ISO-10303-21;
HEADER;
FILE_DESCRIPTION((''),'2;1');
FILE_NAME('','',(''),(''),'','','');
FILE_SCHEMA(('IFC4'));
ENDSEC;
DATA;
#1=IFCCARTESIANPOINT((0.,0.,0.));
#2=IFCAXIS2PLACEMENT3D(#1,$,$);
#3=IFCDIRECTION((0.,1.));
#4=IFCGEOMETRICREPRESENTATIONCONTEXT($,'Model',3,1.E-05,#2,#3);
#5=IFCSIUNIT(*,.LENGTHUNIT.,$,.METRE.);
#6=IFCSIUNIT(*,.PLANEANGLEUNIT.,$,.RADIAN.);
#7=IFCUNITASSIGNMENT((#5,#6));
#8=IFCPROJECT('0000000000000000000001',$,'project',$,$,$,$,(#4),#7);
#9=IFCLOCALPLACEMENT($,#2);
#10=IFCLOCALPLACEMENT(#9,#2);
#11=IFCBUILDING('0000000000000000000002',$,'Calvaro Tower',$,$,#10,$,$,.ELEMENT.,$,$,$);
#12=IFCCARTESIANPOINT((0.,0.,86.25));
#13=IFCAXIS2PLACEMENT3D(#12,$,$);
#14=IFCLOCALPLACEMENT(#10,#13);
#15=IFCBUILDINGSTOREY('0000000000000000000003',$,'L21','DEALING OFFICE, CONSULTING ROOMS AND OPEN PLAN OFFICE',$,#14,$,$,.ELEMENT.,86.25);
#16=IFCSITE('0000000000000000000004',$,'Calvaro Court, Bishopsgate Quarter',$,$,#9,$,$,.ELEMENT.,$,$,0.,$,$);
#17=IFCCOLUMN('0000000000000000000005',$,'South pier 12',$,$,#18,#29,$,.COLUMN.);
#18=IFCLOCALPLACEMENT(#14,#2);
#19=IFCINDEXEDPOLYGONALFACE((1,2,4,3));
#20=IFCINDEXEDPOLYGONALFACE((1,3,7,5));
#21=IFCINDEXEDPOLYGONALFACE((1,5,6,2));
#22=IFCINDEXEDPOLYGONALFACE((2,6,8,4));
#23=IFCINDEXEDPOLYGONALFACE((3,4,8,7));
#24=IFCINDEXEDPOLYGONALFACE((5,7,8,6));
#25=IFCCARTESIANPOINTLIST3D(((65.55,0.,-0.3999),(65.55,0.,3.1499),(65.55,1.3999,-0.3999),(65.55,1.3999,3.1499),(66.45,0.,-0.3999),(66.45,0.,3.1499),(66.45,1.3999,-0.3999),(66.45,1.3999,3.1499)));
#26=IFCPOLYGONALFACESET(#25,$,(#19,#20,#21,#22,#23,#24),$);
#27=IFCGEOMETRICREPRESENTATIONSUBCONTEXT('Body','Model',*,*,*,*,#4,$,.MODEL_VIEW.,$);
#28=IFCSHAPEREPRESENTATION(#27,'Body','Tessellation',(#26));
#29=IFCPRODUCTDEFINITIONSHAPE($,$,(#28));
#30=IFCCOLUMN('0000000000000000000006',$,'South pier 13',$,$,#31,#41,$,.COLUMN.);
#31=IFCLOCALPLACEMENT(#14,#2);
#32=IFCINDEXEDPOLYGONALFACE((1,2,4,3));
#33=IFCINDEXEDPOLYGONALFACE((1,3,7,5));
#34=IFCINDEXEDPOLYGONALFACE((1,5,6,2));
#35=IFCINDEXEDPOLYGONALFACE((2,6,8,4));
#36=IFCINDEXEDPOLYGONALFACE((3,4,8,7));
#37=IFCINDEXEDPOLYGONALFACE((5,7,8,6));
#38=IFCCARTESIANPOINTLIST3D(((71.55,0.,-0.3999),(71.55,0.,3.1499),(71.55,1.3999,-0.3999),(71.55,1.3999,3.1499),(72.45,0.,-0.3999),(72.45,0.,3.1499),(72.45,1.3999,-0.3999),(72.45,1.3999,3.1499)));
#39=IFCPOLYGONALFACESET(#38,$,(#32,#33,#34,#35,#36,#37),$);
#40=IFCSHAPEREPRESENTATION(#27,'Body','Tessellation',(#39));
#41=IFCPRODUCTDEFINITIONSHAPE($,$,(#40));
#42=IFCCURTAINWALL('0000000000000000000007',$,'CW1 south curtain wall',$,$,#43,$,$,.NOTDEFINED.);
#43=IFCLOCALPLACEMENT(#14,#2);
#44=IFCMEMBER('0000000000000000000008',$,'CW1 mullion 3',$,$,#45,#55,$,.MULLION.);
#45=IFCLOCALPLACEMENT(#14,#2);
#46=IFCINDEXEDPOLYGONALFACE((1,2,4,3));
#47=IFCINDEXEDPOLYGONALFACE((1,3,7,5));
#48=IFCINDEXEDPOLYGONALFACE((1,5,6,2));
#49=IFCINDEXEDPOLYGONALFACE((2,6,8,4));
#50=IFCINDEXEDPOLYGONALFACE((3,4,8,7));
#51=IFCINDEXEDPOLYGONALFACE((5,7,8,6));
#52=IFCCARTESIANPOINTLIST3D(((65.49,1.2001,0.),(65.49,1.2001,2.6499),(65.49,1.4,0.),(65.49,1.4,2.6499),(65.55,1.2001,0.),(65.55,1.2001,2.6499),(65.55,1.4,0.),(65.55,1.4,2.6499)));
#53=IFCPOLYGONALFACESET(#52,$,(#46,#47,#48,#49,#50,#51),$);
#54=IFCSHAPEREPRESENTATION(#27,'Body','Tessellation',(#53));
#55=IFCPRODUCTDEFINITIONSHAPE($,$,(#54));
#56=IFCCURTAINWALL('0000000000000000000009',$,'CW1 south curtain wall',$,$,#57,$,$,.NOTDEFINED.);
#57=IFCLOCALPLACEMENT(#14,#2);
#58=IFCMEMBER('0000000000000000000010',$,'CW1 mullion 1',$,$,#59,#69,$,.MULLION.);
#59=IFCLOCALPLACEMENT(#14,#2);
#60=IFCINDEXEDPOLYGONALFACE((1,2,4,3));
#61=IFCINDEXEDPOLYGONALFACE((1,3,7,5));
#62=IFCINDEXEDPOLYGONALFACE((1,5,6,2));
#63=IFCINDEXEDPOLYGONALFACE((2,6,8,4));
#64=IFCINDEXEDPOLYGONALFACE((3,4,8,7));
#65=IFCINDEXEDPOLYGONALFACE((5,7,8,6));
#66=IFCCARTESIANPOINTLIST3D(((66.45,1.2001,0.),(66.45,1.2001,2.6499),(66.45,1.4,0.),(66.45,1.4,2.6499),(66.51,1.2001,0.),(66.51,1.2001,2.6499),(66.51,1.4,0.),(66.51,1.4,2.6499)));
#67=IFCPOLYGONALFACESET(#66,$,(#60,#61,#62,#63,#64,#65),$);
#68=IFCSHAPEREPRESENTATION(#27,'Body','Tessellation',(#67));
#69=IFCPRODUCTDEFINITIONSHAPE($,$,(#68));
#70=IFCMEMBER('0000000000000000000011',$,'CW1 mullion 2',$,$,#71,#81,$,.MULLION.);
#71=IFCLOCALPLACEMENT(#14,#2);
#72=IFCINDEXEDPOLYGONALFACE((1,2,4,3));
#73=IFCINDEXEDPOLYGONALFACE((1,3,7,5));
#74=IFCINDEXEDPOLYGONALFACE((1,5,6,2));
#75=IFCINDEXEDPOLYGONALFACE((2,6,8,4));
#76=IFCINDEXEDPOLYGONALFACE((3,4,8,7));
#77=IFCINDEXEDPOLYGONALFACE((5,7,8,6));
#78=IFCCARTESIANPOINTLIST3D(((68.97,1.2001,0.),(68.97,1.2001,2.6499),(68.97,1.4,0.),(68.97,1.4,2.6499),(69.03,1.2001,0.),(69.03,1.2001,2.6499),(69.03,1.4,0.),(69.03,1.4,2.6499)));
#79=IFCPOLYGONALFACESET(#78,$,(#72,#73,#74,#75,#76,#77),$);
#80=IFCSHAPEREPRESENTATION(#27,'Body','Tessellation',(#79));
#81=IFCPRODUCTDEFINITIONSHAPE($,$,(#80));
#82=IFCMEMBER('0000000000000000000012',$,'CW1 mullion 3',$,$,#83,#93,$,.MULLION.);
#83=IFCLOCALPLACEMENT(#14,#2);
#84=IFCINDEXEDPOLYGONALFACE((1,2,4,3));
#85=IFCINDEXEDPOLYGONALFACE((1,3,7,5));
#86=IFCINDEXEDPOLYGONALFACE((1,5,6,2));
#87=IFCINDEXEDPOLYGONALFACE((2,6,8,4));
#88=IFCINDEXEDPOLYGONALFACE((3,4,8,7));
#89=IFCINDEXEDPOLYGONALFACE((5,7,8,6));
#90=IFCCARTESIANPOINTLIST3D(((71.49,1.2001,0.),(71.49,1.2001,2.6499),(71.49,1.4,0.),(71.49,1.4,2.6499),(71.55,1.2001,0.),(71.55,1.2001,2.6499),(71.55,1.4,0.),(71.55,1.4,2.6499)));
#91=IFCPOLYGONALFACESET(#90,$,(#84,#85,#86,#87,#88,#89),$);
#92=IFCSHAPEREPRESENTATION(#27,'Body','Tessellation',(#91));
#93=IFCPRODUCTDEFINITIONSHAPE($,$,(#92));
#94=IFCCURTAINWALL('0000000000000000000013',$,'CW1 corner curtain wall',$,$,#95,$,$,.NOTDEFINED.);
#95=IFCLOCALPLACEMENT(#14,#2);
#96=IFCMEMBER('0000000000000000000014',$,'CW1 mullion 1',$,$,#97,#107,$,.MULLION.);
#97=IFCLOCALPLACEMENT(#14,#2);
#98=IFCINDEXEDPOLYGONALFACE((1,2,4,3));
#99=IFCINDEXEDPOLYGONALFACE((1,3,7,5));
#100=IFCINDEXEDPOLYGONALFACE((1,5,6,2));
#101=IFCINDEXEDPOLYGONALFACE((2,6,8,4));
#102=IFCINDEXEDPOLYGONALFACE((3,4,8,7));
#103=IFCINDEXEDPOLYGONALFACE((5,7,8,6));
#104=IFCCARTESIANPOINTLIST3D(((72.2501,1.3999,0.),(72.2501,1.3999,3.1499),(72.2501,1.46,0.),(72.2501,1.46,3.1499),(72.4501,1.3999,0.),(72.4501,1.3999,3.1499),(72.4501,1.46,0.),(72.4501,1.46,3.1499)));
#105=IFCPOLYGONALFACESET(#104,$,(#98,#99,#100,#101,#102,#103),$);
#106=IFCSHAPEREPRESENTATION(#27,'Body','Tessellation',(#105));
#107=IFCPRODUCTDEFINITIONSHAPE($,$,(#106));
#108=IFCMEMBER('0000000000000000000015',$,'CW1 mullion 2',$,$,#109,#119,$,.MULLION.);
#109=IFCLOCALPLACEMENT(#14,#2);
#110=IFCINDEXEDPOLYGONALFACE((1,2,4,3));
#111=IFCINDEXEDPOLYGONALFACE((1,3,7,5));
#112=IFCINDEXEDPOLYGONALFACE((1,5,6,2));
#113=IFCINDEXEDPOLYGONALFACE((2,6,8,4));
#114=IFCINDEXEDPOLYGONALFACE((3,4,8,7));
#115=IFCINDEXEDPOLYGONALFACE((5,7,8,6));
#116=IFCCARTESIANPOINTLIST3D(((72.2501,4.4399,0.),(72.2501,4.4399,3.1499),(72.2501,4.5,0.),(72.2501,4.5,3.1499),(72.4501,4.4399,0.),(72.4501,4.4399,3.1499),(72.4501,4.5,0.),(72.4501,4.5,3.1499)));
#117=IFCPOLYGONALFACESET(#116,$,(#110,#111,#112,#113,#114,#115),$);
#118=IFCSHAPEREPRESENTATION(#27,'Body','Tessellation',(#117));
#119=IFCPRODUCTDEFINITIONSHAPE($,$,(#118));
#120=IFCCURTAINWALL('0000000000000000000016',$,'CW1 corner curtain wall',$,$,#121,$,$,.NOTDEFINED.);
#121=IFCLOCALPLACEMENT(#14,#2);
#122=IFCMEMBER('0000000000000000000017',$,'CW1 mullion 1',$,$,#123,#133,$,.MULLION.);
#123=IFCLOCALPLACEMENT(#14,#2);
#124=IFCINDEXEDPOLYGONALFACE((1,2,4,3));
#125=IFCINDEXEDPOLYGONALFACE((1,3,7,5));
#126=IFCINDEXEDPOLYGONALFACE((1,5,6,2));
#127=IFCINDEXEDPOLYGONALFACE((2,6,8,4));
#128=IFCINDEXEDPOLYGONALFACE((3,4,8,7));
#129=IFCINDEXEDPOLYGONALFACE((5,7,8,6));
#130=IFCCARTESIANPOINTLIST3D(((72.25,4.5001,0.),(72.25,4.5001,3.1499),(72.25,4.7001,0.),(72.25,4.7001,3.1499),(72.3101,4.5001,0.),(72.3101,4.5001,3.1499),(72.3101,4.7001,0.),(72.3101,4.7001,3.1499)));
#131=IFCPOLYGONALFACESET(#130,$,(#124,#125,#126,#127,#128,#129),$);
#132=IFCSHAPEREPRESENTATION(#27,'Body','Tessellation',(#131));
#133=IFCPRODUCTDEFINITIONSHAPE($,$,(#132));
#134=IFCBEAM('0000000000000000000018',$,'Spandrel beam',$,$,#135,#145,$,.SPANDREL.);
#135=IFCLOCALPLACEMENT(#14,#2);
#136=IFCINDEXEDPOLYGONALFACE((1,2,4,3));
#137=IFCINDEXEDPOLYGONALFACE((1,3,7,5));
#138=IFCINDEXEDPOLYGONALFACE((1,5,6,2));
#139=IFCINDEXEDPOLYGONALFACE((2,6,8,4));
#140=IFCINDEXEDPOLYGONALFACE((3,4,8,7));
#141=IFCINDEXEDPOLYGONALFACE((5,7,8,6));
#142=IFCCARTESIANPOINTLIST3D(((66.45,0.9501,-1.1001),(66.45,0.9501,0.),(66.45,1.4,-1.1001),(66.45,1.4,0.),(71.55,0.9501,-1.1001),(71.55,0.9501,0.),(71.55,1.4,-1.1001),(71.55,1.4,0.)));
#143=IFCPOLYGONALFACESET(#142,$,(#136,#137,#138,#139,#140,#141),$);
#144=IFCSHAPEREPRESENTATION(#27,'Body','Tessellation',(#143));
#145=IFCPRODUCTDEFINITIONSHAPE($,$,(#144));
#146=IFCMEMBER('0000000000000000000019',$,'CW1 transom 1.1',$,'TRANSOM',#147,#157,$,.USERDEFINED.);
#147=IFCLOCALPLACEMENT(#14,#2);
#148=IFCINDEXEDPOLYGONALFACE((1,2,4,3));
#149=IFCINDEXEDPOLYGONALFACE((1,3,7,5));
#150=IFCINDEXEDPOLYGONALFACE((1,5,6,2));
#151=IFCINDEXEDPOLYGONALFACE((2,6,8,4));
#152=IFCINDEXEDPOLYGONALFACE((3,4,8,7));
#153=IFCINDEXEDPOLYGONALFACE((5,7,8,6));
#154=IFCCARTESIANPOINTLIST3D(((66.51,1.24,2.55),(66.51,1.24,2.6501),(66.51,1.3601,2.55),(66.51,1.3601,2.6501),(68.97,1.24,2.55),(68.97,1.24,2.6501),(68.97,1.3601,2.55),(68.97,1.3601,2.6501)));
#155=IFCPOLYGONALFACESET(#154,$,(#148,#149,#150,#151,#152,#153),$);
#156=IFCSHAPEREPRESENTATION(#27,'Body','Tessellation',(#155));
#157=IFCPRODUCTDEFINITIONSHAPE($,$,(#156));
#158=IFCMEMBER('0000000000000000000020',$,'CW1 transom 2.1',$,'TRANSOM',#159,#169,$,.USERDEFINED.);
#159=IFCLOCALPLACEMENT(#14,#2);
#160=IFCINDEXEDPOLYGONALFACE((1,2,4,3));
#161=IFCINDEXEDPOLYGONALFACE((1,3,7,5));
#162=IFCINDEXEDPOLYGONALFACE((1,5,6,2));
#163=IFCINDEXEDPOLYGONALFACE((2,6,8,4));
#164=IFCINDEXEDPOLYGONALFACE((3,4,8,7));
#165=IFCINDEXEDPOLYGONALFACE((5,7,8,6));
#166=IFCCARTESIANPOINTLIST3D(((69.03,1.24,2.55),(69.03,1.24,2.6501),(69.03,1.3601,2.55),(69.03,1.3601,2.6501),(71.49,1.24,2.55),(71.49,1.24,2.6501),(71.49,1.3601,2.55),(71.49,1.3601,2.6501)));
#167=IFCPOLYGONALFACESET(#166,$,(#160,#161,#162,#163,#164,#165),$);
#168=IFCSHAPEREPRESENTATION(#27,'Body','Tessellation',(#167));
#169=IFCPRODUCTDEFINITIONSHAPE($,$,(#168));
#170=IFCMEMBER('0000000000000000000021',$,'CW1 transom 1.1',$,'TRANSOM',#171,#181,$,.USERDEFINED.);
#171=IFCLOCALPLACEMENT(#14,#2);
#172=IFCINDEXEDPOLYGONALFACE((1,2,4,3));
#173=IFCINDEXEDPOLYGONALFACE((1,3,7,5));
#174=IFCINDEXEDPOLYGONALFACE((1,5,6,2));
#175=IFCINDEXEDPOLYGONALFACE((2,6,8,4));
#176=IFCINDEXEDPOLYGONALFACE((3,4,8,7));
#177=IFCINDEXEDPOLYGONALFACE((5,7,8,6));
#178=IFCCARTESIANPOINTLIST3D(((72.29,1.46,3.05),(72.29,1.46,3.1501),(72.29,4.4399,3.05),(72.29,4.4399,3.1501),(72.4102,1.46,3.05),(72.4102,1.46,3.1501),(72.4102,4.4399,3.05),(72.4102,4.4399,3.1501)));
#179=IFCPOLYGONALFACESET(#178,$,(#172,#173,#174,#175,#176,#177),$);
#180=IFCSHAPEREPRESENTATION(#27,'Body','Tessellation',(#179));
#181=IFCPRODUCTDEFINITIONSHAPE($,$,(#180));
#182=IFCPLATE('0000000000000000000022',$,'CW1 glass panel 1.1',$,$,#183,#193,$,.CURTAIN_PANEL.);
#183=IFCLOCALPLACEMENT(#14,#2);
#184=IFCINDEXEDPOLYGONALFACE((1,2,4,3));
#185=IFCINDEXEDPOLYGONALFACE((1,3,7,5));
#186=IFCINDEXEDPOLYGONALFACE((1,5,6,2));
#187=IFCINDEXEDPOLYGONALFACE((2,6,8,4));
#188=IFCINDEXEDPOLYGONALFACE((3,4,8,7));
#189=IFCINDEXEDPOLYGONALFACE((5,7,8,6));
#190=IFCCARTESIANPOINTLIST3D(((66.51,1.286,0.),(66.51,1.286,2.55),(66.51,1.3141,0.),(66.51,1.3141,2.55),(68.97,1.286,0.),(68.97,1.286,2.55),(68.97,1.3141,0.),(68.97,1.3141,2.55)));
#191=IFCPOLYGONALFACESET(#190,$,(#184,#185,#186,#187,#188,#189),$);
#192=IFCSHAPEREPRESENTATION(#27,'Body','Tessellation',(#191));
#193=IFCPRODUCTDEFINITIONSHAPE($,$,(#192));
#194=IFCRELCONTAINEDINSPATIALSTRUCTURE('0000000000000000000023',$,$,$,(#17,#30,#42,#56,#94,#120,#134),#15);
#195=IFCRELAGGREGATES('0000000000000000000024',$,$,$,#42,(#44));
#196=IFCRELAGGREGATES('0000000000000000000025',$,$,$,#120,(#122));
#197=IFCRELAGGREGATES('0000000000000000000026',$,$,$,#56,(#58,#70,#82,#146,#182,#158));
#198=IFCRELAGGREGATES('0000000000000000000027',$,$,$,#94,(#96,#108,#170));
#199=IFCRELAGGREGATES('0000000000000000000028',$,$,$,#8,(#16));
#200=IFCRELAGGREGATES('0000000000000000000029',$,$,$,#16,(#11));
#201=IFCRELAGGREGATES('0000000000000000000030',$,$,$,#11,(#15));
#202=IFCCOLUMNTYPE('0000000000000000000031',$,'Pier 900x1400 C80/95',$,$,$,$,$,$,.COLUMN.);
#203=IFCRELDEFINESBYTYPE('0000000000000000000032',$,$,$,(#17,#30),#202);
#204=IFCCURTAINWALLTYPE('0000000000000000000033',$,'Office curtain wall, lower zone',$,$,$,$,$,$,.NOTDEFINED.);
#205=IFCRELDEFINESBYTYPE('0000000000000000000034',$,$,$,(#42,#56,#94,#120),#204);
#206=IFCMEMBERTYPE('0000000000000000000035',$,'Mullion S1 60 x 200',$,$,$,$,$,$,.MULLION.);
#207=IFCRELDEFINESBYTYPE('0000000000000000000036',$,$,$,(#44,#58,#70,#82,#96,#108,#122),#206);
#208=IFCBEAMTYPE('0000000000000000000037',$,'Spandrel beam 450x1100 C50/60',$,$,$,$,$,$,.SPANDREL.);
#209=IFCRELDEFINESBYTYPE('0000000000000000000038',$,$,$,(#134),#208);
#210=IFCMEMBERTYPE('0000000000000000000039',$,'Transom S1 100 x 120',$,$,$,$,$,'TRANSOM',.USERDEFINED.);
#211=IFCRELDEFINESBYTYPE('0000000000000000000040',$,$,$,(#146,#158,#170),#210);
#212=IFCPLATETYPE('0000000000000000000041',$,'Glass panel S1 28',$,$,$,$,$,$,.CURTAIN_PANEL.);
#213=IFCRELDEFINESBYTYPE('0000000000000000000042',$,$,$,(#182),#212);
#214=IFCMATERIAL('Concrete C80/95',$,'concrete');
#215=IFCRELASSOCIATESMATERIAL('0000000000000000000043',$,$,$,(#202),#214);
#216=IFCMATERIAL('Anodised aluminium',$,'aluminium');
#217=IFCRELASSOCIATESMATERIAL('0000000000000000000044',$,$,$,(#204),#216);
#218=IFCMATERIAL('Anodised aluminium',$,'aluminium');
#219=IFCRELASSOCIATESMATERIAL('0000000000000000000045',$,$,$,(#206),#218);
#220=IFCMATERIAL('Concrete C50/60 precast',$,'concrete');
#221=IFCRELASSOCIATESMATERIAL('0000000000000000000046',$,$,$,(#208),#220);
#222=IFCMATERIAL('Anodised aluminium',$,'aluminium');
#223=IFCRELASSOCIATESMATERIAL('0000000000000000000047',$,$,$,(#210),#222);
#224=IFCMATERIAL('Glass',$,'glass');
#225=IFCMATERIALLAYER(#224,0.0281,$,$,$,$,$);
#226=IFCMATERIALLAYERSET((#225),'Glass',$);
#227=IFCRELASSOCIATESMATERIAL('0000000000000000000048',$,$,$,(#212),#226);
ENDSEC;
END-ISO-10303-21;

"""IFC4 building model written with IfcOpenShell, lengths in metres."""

from ifc_helpers import new_model, si_unit, direction, frame, origin, origin_2d, place, context, subcontext, project, spatial, rectangle, extrude, material, layer, layer_set, material_profile, profile_set, type_object, element, aggregate, save


model = new_model("IFC4")

# Units and contexts
model_context = context("Model", 3, precision=1e-05, world=origin(), true_north=direction((0.0, 1.0)))
body_context = subcontext(model_context, "Body", "Model", "MODEL_VIEW")
ifc_project = project(units=[si_unit("LENGTHUNIT", "METRE"), si_unit("PLANEANGLEUNIT", "RADIAN")], contexts=[model_context])

# Site, building, storey
site_placement = place(None, origin())
site = spatial("IfcSite", under=ifc_project, at=site_placement, Name="Calvaro Court, Bishopsgate Quarter", CompositionType="ELEMENT", RefElevation=0.0)
building_placement = place(site_placement, origin())
building = spatial("IfcBuilding", under=site, at=building_placement, Name="Calvaro Tower", CompositionType="ELEMENT")
storey_placement = place(building_placement, frame((0.0, 0.0, 86.25)))
storey = spatial("IfcBuildingStorey", under=building, at=storey_placement, Name="L21", Description="DEALING OFFICE, CONSULTING ROOMS AND OPEN PLAN OFFICE", CompositionType="ELEMENT", Elevation=86.25)

# Columns
ifc_material_1 = material(Name="Concrete C80/95", Category="concrete")
ifc_material_profile_1 = material_profile(ifc_material_1, rectangle(XDim=0.8999, YDim=1.3999, at=origin_2d()), Name="RC 900x1400")
ifc_profile_set_1 = profile_set([ifc_material_profile_1], Name="Concrete C80/95")
column_type = type_object("IfcColumnType", Name="Pier 900x1400 C80/95", PredefinedType="COLUMN", material=ifc_profile_set_1)
for number, where, z_axis, x_axis, name in (
    (1, (66.0, 0.7, -0.3999), (0.0, 0.0, 1.0), (1.0, 0.0, 0.0), "South pier 12"),
    (2, (72.0, 0.7, -0.3999), (0.0, 0.0, 1.0), (1.0, 0.0, 0.0), "South pier 13"),
):
    element("IfcColumn", number, at=place(storey_placement, frame(where, z_axis=z_axis, x_axis=x_axis)), inside=storey, type_object=column_type, Name=name, PredefinedType="COLUMN", context=body_context, shape_type="SweptSolid", body=[
        extrude(rectangle(XDim=0.8999, YDim=1.3999, at=origin_2d()), origin(), (0.0, 0.0, 1.0), 3.5498),
    ])

# Curtain wall, member
ifc_material_2 = material(Name="Anodised aluminium", Category="aluminium")
curtain_wall_type = type_object("IfcCurtainWallType", Name="Office curtain wall, lower zone", PredefinedType="NOTDEFINED", material=ifc_material_2)
curtain_wall_1_placement = place(storey_placement, origin())
curtain_wall_1 = element("IfcCurtainWall", 3, at=curtain_wall_1_placement, inside=storey, type_object=curtain_wall_type, Name="CW1 south curtain wall", PredefinedType="NOTDEFINED")
ifc_material_3 = material(Name="Anodised aluminium", Category="aluminium")
ifc_material_profile_2 = material_profile(ifc_material_3, rectangle(XDim=0.2, YDim=0.0601, at=origin_2d()), Name="Mullion S1 60 x 200")
ifc_profile_set_2 = profile_set([ifc_material_profile_2], Name="Anodised aluminium")
member_type_1 = type_object("IfcMemberType", Name="Mullion S1 60 x 200", PredefinedType="MULLION", material=ifc_profile_set_2)
member_1_placement = place(storey_placement, frame((65.52, 1.3, 0.0), z_axis=(0.0, 0.0, 1.0), x_axis=(0.0, 1.0, 0.0)))
member_1 = element("IfcMember", 4, at=member_1_placement, type_object=member_type_1, Name="CW1 mullion 3", PredefinedType="MULLION", context=body_context, shape_type="SweptSolid", body=[
    extrude(rectangle(XDim=0.2, YDim=0.0601, at=origin_2d()), origin(), (0.0, 0.0, 1.0), 2.6499),
])
aggregate(curtain_wall_1, [member_1])

# Curtain walls, members
curtain_wall_2_placement = place(storey_placement, origin())
curtain_wall_2 = element("IfcCurtainWall", 5, at=curtain_wall_2_placement, inside=storey, type_object=curtain_wall_type, Name="CW1 south curtain wall", PredefinedType="NOTDEFINED")
member_2_placement = place(storey_placement, frame((66.48, 1.3, 0.0), z_axis=(0.0, 0.0, 1.0), x_axis=(0.0, 1.0, 0.0)))
member_2 = element("IfcMember", 6, at=member_2_placement, type_object=member_type_1, Name="CW1 mullion 1", PredefinedType="MULLION", context=body_context, shape_type="SweptSolid", body=[
    extrude(rectangle(XDim=0.2, YDim=0.0601, at=origin_2d()), origin(), (0.0, 0.0, 1.0), 2.6499),
])
member_3_placement = place(storey_placement, frame((69.0, 1.3, 0.0), z_axis=(0.0, 0.0, 1.0), x_axis=(0.0, 1.0, 0.0)))
member_3 = element("IfcMember", 7, at=member_3_placement, type_object=member_type_1, Name="CW1 mullion 2", PredefinedType="MULLION", context=body_context, shape_type="SweptSolid", body=[
    extrude(rectangle(XDim=0.2, YDim=0.0601, at=origin_2d()), origin(), (0.0, 0.0, 1.0), 2.6499),
])
member_4_placement = place(storey_placement, frame((71.52, 1.3, 0.0), z_axis=(0.0, 0.0, 1.0), x_axis=(0.0, 1.0, 0.0)))
member_4 = element("IfcMember", 8, at=member_4_placement, type_object=member_type_1, Name="CW1 mullion 3", PredefinedType="MULLION", context=body_context, shape_type="SweptSolid", body=[
    extrude(rectangle(XDim=0.2, YDim=0.0601, at=origin_2d()), origin(), (0.0, 0.0, 1.0), 2.6499),
])
curtain_wall_3_placement = place(storey_placement, origin())
curtain_wall_3 = element("IfcCurtainWall", 9, at=curtain_wall_3_placement, inside=storey, type_object=curtain_wall_type, Name="CW1 corner curtain wall", PredefinedType="NOTDEFINED")
member_5_placement = place(storey_placement, frame((72.3501, 1.4299, 0.0), z_axis=(0.0, 0.0, 1.0), x_axis=(-1.0, 0.0, 0.0)))
member_5 = element("IfcMember", 10, at=member_5_placement, type_object=member_type_1, Name="CW1 mullion 1", PredefinedType="MULLION", context=body_context, shape_type="SweptSolid", body=[
    extrude(rectangle(XDim=0.2, YDim=0.0601, at=origin_2d()), origin(), (0.0, 0.0, 1.0), 3.1499),
])
member_6_placement = place(storey_placement, frame((72.3501, 4.47, 0.0), z_axis=(0.0, 0.0, 1.0), x_axis=(-1.0, 0.0, 0.0)))
member_6 = element("IfcMember", 11, at=member_6_placement, type_object=member_type_1, Name="CW1 mullion 2", PredefinedType="MULLION", context=body_context, shape_type="SweptSolid", body=[
    extrude(rectangle(XDim=0.2, YDim=0.0601, at=origin_2d()), origin(), (0.0, 0.0, 1.0), 3.1499),
])

# Curtain wall, member
curtain_wall_4_placement = place(storey_placement, origin())
curtain_wall_4 = element("IfcCurtainWall", 12, at=curtain_wall_4_placement, inside=storey, type_object=curtain_wall_type, Name="CW1 corner curtain wall", PredefinedType="NOTDEFINED")
member_7_placement = place(storey_placement, frame((72.28, 4.6001, 0.0), z_axis=(0.0, 0.0, 1.0), x_axis=(0.0, 1.0, 0.0)))
member_7 = element("IfcMember", 13, at=member_7_placement, type_object=member_type_1, Name="CW1 mullion 1", PredefinedType="MULLION", context=body_context, shape_type="SweptSolid", body=[
    extrude(rectangle(XDim=0.2, YDim=0.0601, at=origin_2d()), origin(), (0.0, 0.0, 1.0), 3.1499),
])
aggregate(curtain_wall_4, [member_7])

# Beam
ifc_material_4 = material(Name="Concrete C50/60 precast", Category="concrete")
ifc_material_profile_3 = material_profile(ifc_material_4, rectangle(XDim=0.45, YDim=1.1001, at=origin_2d()), Name="RC 450x1100")
ifc_profile_set_3 = profile_set([ifc_material_profile_3], Name="Concrete C50/60 precast")
beam_type = type_object("IfcBeamType", Name="Spandrel beam 450x1100 C50/60", PredefinedType="SPANDREL", material=ifc_profile_set_3)
beam_placement = place(storey_placement, frame((66.45, 1.175, -0.55), z_axis=(1.0, 0.0, 0.0), x_axis=(0.0, 1.0, 0.0)))
element("IfcBeam", 14, at=beam_placement, inside=storey, type_object=beam_type, Name="Spandrel beam", PredefinedType="SPANDREL", context=body_context, shape_type="SweptSolid", body=[
    extrude(rectangle(XDim=0.45, YDim=1.1001, at=origin_2d()), origin(), (0.0, 0.0, 1.0), 5.1001),
])

# Members
ifc_material_5 = material(Name="Anodised aluminium", Category="aluminium")
ifc_material_profile_4 = material_profile(ifc_material_5, rectangle(XDim=0.1201, YDim=0.1001, at=origin_2d()), Name="Transom S1 100 x 120")
ifc_profile_set_4 = profile_set([ifc_material_profile_4], Name="Anodised aluminium")
member_type_2 = type_object("IfcMemberType", Name="Transom S1 100 x 120", ElementType="TRANSOM", PredefinedType="USERDEFINED", material=ifc_profile_set_4)
member_8_placement = place(storey_placement, frame((66.51, 1.3, 2.6001), z_axis=(1.0, 0.0, 0.0), x_axis=(0.0, 1.0, 0.0)))
member_8 = element("IfcMember", 15, at=member_8_placement, type_object=member_type_2, Name="CW1 transom 1.1", ObjectType="TRANSOM", PredefinedType="USERDEFINED", context=body_context, shape_type="SweptSolid", body=[
    extrude(rectangle(XDim=0.1201, YDim=0.1001, at=origin_2d()), origin(), (0.0, 0.0, 1.0), 2.46),
])
member_9_placement = place(storey_placement, frame((69.03, 1.3, 2.6001), z_axis=(1.0, 0.0, 0.0), x_axis=(0.0, 1.0, 0.0)))
member_9 = element("IfcMember", 16, at=member_9_placement, type_object=member_type_2, Name="CW1 transom 2.1", ObjectType="TRANSOM", PredefinedType="USERDEFINED", context=body_context, shape_type="SweptSolid", body=[
    extrude(rectangle(XDim=0.1201, YDim=0.1001, at=origin_2d()), origin(), (0.0, 0.0, 1.0), 2.46),
])
member_10_placement = place(storey_placement, frame((72.3501, 1.46, 3.1001), z_axis=(0.0, 1.0, 0.0), x_axis=(-1.0, 0.0, 0.0)))
member_10 = element("IfcMember", 17, at=member_10_placement, type_object=member_type_2, Name="CW1 transom 1.1", ObjectType="TRANSOM", PredefinedType="USERDEFINED", context=body_context, shape_type="SweptSolid", body=[
    extrude(rectangle(XDim=0.1201, YDim=0.1001, at=origin_2d()), origin(), (0.0, 0.0, 1.0), 2.98),
])

# Plate
ifc_material_6 = material(Name="Glass", Category="glass")
ifc_layer_1 = layer(ifc_material_6, 0.0281)
ifc_layer_set_1 = layer_set([ifc_layer_1], Name="Glass")
plate_type = type_object("IfcPlateType", Name="Glass panel S1 28", PredefinedType="CURTAIN_PANEL", material=ifc_layer_set_1)
plate_1_placement = place(storey_placement, frame((67.74, 1.3, 0.0), z_axis=(0.0, 0.0, 1.0), x_axis=(1.0, 0.0, 0.0)))
plate_1 = element("IfcPlate", 18, at=plate_1_placement, type_object=plate_type, Name="CW1 glass panel 1.1", PredefinedType="CURTAIN_PANEL", context=body_context, shape_type="SweptSolid", body=[
    extrude(rectangle(XDim=2.46, YDim=0.0281, at=origin_2d()), origin(), (0.0, 0.0, 1.0), 2.55),
])
aggregate(curtain_wall_2, [member_2, member_3, member_4, member_8, plate_1, member_9])
aggregate(curtain_wall_3, [member_5, member_6, member_10])

save(model, "model.ifc")
